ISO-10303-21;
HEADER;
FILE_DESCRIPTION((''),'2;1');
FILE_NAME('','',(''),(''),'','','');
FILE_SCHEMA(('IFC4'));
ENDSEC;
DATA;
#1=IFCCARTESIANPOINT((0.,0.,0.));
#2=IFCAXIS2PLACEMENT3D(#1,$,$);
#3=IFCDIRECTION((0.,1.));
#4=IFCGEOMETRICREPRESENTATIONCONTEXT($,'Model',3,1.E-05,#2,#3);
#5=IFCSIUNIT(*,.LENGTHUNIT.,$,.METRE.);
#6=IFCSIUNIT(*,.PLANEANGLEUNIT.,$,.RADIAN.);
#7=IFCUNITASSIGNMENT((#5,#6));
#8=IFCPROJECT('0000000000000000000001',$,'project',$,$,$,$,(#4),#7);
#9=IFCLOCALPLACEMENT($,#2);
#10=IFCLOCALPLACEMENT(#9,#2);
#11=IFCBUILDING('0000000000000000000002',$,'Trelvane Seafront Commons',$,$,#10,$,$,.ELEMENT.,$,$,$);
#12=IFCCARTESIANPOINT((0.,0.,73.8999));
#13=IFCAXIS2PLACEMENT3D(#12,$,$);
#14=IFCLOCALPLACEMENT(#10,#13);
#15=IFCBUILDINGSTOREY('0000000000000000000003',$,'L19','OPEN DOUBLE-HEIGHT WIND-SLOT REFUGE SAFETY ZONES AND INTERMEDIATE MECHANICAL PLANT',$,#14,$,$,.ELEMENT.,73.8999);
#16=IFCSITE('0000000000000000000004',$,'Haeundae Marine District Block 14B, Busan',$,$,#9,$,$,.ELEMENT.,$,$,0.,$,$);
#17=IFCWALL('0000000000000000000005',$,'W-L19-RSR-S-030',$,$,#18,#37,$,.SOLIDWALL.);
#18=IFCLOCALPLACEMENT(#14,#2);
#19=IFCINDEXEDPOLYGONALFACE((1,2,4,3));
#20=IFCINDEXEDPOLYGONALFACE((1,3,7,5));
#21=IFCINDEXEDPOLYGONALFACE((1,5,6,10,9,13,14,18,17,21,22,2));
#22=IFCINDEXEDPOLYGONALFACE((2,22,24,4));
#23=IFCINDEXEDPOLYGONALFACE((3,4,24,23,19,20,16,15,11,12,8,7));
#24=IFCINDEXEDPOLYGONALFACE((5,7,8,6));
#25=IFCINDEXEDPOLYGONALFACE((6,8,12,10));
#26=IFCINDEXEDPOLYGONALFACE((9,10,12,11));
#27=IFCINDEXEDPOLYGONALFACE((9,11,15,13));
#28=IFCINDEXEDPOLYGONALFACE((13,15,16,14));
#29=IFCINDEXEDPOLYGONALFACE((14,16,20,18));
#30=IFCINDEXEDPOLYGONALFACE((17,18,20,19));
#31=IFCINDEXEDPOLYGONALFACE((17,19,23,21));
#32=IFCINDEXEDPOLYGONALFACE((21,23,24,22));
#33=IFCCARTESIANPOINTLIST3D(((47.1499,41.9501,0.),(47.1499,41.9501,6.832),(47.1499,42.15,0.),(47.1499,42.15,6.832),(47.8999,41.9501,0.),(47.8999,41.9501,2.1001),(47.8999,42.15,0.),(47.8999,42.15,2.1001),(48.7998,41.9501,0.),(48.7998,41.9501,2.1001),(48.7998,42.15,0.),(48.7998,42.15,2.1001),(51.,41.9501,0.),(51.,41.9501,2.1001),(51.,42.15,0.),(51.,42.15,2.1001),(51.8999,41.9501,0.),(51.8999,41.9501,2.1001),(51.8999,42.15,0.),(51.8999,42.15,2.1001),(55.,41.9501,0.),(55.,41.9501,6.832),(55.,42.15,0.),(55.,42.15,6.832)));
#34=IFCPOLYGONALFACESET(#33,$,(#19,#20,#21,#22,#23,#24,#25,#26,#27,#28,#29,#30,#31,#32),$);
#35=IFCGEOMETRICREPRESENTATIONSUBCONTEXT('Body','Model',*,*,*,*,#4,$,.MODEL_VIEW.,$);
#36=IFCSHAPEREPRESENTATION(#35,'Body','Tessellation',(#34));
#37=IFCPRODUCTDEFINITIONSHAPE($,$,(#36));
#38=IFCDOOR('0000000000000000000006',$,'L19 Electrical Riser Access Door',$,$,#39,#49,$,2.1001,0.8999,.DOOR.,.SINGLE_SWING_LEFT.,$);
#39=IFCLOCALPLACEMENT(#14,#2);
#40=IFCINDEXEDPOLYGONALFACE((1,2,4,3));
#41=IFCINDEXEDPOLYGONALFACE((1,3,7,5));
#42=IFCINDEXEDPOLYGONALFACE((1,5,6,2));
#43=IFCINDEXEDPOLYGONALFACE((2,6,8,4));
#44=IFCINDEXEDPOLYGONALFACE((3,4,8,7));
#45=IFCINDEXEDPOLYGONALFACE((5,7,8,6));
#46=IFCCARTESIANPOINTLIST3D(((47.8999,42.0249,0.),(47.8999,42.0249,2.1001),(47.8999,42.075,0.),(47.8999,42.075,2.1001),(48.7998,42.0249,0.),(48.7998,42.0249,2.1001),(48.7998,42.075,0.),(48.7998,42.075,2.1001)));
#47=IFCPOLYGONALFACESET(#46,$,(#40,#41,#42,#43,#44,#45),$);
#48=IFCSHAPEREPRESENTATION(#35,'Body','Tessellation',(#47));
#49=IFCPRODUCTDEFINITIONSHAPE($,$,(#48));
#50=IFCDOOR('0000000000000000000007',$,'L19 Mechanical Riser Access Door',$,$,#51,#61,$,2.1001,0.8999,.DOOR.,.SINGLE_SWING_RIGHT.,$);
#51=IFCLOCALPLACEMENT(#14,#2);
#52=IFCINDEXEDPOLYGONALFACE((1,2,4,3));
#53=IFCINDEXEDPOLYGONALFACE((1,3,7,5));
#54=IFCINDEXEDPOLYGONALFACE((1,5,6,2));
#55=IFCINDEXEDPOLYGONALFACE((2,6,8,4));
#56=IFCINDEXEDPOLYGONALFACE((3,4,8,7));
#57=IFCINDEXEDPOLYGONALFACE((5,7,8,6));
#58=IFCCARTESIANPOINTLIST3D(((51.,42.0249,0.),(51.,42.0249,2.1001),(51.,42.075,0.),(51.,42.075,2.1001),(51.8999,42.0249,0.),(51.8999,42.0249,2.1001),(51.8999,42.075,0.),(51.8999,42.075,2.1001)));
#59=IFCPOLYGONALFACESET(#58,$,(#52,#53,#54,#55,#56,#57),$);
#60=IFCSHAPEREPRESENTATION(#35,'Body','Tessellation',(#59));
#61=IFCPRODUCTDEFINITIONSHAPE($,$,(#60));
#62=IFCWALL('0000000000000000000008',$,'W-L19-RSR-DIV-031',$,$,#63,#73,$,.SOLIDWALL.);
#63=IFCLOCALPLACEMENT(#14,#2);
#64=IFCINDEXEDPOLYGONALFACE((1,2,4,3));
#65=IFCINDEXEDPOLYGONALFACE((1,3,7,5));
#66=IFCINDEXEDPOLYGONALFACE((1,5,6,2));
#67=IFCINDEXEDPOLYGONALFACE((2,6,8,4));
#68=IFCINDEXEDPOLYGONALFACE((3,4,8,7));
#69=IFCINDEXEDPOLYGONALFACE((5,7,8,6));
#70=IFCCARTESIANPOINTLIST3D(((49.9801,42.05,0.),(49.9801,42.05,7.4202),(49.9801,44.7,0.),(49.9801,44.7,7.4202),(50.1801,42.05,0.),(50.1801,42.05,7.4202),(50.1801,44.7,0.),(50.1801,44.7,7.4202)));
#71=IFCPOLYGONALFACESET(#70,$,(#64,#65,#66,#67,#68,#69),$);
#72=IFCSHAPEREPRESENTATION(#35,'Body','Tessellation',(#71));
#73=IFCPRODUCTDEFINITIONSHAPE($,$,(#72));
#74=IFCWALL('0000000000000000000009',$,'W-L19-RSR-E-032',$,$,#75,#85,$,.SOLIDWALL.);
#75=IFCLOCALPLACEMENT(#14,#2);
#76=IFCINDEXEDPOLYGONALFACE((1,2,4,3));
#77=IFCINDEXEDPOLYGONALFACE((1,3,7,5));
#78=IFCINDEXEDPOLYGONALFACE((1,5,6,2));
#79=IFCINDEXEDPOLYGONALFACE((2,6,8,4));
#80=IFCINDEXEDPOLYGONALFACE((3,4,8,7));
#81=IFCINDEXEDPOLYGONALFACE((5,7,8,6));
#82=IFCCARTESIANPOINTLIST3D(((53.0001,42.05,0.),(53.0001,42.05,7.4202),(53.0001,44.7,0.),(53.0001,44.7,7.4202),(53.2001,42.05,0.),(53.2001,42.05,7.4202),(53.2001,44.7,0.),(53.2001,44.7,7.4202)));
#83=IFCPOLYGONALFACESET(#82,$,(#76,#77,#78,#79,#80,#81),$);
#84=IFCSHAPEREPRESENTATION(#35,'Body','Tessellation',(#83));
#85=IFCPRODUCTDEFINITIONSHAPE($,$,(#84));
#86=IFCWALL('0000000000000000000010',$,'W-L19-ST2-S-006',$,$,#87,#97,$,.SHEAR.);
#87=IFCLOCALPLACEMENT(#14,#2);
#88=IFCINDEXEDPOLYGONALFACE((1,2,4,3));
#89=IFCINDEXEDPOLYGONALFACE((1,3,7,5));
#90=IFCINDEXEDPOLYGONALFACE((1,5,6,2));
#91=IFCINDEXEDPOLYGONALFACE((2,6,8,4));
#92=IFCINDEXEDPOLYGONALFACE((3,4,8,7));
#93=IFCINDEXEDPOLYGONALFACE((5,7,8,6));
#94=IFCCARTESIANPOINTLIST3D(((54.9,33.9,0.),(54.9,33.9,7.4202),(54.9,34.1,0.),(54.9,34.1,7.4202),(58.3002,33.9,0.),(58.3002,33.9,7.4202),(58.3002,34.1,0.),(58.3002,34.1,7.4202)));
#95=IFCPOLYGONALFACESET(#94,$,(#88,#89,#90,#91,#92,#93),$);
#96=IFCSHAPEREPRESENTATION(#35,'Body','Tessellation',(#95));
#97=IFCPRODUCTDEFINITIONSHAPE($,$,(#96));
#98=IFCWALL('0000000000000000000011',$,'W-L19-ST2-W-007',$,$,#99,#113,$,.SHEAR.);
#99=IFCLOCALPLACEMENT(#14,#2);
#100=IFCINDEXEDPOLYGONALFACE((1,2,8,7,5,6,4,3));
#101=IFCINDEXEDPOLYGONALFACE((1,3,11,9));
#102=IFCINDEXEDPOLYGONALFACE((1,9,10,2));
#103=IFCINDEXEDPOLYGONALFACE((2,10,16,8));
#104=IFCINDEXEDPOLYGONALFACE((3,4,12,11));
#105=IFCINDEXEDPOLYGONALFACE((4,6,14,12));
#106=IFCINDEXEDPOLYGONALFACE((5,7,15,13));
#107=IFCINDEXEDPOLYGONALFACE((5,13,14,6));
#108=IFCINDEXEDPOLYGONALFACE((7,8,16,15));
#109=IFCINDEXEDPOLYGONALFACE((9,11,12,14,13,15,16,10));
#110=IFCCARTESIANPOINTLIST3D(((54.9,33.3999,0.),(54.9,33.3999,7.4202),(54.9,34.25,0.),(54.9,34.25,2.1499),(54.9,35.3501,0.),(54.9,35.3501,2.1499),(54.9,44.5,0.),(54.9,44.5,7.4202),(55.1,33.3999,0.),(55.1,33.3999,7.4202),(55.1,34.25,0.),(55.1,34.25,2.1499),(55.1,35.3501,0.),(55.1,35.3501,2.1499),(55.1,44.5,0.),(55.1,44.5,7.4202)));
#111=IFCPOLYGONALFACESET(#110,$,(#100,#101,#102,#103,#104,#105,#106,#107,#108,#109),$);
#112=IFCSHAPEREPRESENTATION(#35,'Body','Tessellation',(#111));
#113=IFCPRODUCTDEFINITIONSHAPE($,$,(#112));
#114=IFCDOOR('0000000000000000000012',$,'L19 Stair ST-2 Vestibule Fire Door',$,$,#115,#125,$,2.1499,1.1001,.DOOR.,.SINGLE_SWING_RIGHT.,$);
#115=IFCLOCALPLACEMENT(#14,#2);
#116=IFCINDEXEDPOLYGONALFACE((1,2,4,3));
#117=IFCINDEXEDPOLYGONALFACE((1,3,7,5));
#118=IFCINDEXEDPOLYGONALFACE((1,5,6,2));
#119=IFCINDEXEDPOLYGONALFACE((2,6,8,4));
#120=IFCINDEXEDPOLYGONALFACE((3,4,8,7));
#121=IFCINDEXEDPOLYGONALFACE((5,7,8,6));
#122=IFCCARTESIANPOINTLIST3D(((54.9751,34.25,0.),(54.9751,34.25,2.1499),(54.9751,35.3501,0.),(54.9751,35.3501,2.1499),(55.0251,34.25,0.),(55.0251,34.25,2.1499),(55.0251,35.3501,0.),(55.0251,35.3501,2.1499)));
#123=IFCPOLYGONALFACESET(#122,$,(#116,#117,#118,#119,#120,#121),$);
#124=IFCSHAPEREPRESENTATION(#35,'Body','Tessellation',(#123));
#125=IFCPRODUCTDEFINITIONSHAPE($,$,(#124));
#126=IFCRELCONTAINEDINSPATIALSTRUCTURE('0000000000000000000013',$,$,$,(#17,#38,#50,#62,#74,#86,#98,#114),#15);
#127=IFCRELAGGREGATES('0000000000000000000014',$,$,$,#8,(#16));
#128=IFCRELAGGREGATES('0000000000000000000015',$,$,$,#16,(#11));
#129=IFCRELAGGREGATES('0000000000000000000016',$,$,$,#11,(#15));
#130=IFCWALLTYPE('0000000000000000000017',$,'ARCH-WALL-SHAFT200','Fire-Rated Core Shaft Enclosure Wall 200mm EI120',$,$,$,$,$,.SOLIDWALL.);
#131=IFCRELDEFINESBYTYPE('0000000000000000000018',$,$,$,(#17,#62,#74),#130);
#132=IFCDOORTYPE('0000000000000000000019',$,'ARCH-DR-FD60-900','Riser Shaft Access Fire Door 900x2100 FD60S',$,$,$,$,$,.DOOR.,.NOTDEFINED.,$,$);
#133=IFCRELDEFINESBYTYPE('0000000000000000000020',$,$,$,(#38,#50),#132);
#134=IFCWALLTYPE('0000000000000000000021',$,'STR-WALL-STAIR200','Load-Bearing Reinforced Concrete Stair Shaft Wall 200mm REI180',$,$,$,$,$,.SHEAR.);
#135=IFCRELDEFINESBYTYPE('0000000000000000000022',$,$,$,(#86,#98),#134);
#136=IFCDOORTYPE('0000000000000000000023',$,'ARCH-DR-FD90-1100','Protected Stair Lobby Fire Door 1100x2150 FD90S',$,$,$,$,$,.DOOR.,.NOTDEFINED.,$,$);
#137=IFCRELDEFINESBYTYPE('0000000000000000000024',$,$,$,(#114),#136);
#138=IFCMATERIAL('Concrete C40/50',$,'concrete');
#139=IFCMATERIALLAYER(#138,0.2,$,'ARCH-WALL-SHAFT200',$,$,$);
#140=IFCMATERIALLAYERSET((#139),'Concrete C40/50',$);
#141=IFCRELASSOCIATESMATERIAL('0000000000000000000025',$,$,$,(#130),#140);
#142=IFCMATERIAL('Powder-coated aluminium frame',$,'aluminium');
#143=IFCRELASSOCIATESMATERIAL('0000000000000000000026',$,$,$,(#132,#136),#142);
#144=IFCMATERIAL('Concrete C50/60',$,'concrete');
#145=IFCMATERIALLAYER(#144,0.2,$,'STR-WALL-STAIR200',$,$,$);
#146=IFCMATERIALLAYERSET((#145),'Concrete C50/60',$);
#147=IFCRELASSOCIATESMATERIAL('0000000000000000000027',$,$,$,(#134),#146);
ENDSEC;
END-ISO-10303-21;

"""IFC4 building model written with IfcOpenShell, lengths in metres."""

from ifc_helpers import new_model, si_unit, direction, frame, frame_2d, origin, place, context, subcontext, project, spatial, rectangle, extrude, source, transform, mapped, material, layer, layer_set, type_object, element, fill, save


model = new_model("IFC4")

# Units and contexts
model_context = context("Model", 3, precision=1e-05, world=origin(), true_north=direction((0.0, 1.0)))
body_context = subcontext(model_context, "Body", "Model", "MODEL_VIEW")
ifc_project = project(units=[si_unit("LENGTHUNIT", "METRE"), si_unit("PLANEANGLEUNIT", "RADIAN")], contexts=[model_context])

# Site, building, storey
site_placement = place(None, origin())
site = spatial("IfcSite", under=ifc_project, at=site_placement, Name="Haeundae Marine District Block 14B, Busan", CompositionType="ELEMENT", RefElevation=0.0)
building_placement = place(site_placement, origin())
building = spatial("IfcBuilding", under=site, at=building_placement, Name="Trelvane Seafront Commons", CompositionType="ELEMENT")
storey_placement = place(building_placement, frame((0.0, 0.0, 73.8999)))
storey = spatial("IfcBuildingStorey", under=building, at=storey_placement, Name="L19", Description="OPEN DOUBLE-HEIGHT WIND-SLOT REFUGE SAFETY ZONES AND INTERMEDIATE MECHANICAL PLANT", CompositionType="ELEMENT", Elevation=73.8999)

# Shared definitions
ifc_material_1 = material(Name="Concrete C40/50", Category="concrete")
ifc_material_2 = material(Name="Powder-coated aluminium frame", Category="aluminium")

# Wall, openings, doors
ifc_layer_1 = layer(ifc_material_1, 0.2, Name="ARCH-WALL-SHAFT200")
ifc_layer_set_1 = layer_set([ifc_layer_1], Name="Concrete C40/50")
wall_type_1 = type_object("IfcWallType", Name="ARCH-WALL-SHAFT200", Description="Fire-Rated Core Shaft Enclosure Wall 200mm EI120", PredefinedType="SOLIDWALL", material=ifc_layer_set_1)
wall_1_placement = place(storey_placement, frame((47.1499, 42.05, 0.0), z_axis=(0.0, 0.0, 1.0), x_axis=(1.0, 0.0, 0.0)))
wall_1 = element("IfcWall", 1, at=wall_1_placement, inside=storey, type_object=wall_type_1, Name="W-L19-RSR-S-030", PredefinedType="SOLIDWALL", context=body_context, shape_type="SweptSolid", body=[
    extrude(rectangle(XDim=7.8501, YDim=0.2, at=frame_2d((3.925, 0.0))), origin(), (0.0, 0.0, 1.0), 6.832),
])
opening_1_placement = place(wall_1_placement, frame((0.75, 0.0, 0.0)))
opening_1 = element("IfcOpeningElement", 2, at=opening_1_placement, cuts=wall_1, PredefinedType="OPENING", context=body_context, shape_type="SweptSolid", body=[
    extrude(rectangle(XDim=0.8999, YDim=2.1001, at=frame_2d((0.45, 1.05))), frame((0.0, 0.1099, 0.0), z_axis=(0.0, -1.0, 0.0), x_axis=(1.0, 0.0, 0.0)), (0.0, 0.0, 1.0), 0.22),
])
opening_2_placement = place(wall_1_placement, frame((3.8501, 0.0, 0.0)))
opening_2 = element("IfcOpeningElement", 3, at=opening_2_placement, cuts=wall_1, PredefinedType="OPENING", context=body_context, shape_type="SweptSolid", body=[
    extrude(rectangle(XDim=0.8999, YDim=2.1001, at=frame_2d((0.45, 1.05))), frame((0.0, 0.1099, 0.0), z_axis=(0.0, -1.0, 0.0), x_axis=(1.0, 0.0, 0.0)), (0.0, 0.0, 1.0), 0.22),
])
door_type_1 = type_object("IfcDoorType", Name="ARCH-DR-FD60-900", Description="Riser Shaft Access Fire Door 900x2100 FD60S", OperationType="NOTDEFINED", PredefinedType="DOOR", material=ifc_material_2)
shared_shape_1 = source(origin(), body_context, "Body", "SweptSolid", [
    extrude(rectangle(XDim=0.8999, YDim=2.1001, at=frame_2d((0.45, 1.05))), frame((0.0, 0.0249, 0.0), z_axis=(0.0, -1.0, 0.0), x_axis=(1.0, 0.0, 0.0)), (0.0, 0.0, 1.0), 0.05),
])
door_1_placement = place(opening_1_placement, origin())
door_1 = element("IfcDoor", 4, at=door_1_placement, inside=storey, type_object=door_type_1, Name="L19 Electrical Riser Access Door", OperationType="SINGLE_SWING_LEFT", OverallHeight=2.1001, OverallWidth=0.8999, PredefinedType="DOOR", context=body_context, shape_type="MappedRepresentation", body=[
    mapped(shared_shape_1, transform((0.0, 0.0, 0.0), x_axis=(1.0, 0.0, 0.0), y_axis=(0.0, 1.0, 0.0), z_axis=(0.0, 0.0, 1.0), scale=1.0)),
])
fill(opening_1, door_1)
door_2_placement = place(opening_2_placement, origin())
door_2 = element("IfcDoor", 5, at=door_2_placement, inside=storey, type_object=door_type_1, Name="L19 Mechanical Riser Access Door", OperationType="SINGLE_SWING_RIGHT", OverallHeight=2.1001, OverallWidth=0.8999, PredefinedType="DOOR", context=body_context, shape_type="MappedRepresentation", body=[
    mapped(shared_shape_1, transform((0.0, 0.0, 0.0), x_axis=(1.0, 0.0, 0.0), y_axis=(0.0, 1.0, 0.0), z_axis=(0.0, 0.0, 1.0), scale=1.0)),
])
fill(opening_2, door_2)

# Walls
for number, where, z_axis, x_axis, name in (
    (6, (50.0801, 42.05, 0.0), (0.0, 0.0, 1.0), (0.0, 1.0, 0.0), "W-L19-RSR-DIV-031"),
    (7, (53.1001, 42.05, 0.0), (0.0, 0.0, 1.0), (0.0, 1.0, 0.0), "W-L19-RSR-E-032"),
):
    element("IfcWall", number, at=place(storey_placement, frame(where, z_axis=z_axis, x_axis=x_axis)), inside=storey, type_object=wall_type_1, Name=name, PredefinedType="SOLIDWALL", context=body_context, shape_type="SweptSolid", body=[
        extrude(rectangle(XDim=2.6499, YDim=0.2, at=frame_2d((1.325, 0.0))), origin(), (0.0, 0.0, 1.0), 7.4202),
    ])
ifc_material_3 = material(Name="Concrete C50/60", Category="concrete")
ifc_layer_2 = layer(ifc_material_3, 0.2, Name="STR-WALL-STAIR200")
ifc_layer_set_2 = layer_set([ifc_layer_2], Name="Concrete C50/60")
wall_type_2 = type_object("IfcWallType", Name="STR-WALL-STAIR200", Description="Load-Bearing Reinforced Concrete Stair Shaft Wall 200mm REI180", PredefinedType="SHEAR", material=ifc_layer_set_2)
wall_2_placement = place(storey_placement, frame((54.8999, 34.0, 0.0), z_axis=(0.0, 0.0, 1.0), x_axis=(1.0, 0.0, 0.0)))
element("IfcWall", 8, at=wall_2_placement, inside=storey, type_object=wall_type_2, Name="W-L19-ST2-S-006", PredefinedType="SHEAR", context=body_context, shape_type="SweptSolid", body=[
    extrude(rectangle(XDim=3.4001, YDim=0.2, at=frame_2d((1.7002, 0.0))), origin(), (0.0, 0.0, 1.0), 7.4202),
])

# Wall, opening, door
wall_3_placement = place(storey_placement, frame((55.0, 33.3999, 0.0), z_axis=(0.0, 0.0, 1.0), x_axis=(0.0, 1.0, 0.0)))
wall_3 = element("IfcWall", 9, at=wall_3_placement, inside=storey, type_object=wall_type_2, Name="W-L19-ST2-W-007", PredefinedType="SHEAR", context=body_context, shape_type="SweptSolid", body=[
    extrude(rectangle(XDim=11.1001, YDim=0.2, at=frame_2d((5.55, 0.0))), origin(), (0.0, 0.0, 1.0), 7.4202),
])
opening_3_placement = place(wall_3_placement, frame((0.8501, 0.0, 0.0)))
opening_3 = element("IfcOpeningElement", 10, at=opening_3_placement, cuts=wall_3, PredefinedType="OPENING", context=body_context, shape_type="SweptSolid", body=[
    extrude(rectangle(XDim=1.1001, YDim=2.1499, at=frame_2d((0.55, 1.075))), frame((0.0, 0.1099, 0.0), z_axis=(0.0, -1.0, 0.0), x_axis=(1.0, 0.0, 0.0)), (0.0, 0.0, 1.0), 0.22),
])
door_type_2 = type_object("IfcDoorType", Name="ARCH-DR-FD90-1100", Description="Protected Stair Lobby Fire Door 1100x2150 FD90S", OperationType="NOTDEFINED", PredefinedType="DOOR", material=ifc_material_2)
shared_shape_2 = source(origin(), body_context, "Body", "SweptSolid", [
    extrude(rectangle(XDim=1.1001, YDim=2.1499, at=frame_2d((0.55, 1.075))), frame((0.0, 0.0249, 0.0), z_axis=(0.0, -1.0, 0.0), x_axis=(1.0, 0.0, 0.0)), (0.0, 0.0, 1.0), 0.05),
])
door_3_placement = place(opening_3_placement, origin())
door_3 = element("IfcDoor", 11, at=door_3_placement, inside=storey, type_object=door_type_2, Name="L19 Stair ST-2 Vestibule Fire Door", OperationType="SINGLE_SWING_RIGHT", OverallHeight=2.1499, OverallWidth=1.1001, PredefinedType="DOOR", context=body_context, shape_type="MappedRepresentation", body=[
    mapped(shared_shape_2, transform((0.0, 0.0, 0.0), x_axis=(1.0, 0.0, 0.0), y_axis=(0.0, 1.0, 0.0), z_axis=(0.0, 0.0, 1.0), scale=1.0)),
])
fill(opening_3, door_3)

save(model, "model.ifc")
